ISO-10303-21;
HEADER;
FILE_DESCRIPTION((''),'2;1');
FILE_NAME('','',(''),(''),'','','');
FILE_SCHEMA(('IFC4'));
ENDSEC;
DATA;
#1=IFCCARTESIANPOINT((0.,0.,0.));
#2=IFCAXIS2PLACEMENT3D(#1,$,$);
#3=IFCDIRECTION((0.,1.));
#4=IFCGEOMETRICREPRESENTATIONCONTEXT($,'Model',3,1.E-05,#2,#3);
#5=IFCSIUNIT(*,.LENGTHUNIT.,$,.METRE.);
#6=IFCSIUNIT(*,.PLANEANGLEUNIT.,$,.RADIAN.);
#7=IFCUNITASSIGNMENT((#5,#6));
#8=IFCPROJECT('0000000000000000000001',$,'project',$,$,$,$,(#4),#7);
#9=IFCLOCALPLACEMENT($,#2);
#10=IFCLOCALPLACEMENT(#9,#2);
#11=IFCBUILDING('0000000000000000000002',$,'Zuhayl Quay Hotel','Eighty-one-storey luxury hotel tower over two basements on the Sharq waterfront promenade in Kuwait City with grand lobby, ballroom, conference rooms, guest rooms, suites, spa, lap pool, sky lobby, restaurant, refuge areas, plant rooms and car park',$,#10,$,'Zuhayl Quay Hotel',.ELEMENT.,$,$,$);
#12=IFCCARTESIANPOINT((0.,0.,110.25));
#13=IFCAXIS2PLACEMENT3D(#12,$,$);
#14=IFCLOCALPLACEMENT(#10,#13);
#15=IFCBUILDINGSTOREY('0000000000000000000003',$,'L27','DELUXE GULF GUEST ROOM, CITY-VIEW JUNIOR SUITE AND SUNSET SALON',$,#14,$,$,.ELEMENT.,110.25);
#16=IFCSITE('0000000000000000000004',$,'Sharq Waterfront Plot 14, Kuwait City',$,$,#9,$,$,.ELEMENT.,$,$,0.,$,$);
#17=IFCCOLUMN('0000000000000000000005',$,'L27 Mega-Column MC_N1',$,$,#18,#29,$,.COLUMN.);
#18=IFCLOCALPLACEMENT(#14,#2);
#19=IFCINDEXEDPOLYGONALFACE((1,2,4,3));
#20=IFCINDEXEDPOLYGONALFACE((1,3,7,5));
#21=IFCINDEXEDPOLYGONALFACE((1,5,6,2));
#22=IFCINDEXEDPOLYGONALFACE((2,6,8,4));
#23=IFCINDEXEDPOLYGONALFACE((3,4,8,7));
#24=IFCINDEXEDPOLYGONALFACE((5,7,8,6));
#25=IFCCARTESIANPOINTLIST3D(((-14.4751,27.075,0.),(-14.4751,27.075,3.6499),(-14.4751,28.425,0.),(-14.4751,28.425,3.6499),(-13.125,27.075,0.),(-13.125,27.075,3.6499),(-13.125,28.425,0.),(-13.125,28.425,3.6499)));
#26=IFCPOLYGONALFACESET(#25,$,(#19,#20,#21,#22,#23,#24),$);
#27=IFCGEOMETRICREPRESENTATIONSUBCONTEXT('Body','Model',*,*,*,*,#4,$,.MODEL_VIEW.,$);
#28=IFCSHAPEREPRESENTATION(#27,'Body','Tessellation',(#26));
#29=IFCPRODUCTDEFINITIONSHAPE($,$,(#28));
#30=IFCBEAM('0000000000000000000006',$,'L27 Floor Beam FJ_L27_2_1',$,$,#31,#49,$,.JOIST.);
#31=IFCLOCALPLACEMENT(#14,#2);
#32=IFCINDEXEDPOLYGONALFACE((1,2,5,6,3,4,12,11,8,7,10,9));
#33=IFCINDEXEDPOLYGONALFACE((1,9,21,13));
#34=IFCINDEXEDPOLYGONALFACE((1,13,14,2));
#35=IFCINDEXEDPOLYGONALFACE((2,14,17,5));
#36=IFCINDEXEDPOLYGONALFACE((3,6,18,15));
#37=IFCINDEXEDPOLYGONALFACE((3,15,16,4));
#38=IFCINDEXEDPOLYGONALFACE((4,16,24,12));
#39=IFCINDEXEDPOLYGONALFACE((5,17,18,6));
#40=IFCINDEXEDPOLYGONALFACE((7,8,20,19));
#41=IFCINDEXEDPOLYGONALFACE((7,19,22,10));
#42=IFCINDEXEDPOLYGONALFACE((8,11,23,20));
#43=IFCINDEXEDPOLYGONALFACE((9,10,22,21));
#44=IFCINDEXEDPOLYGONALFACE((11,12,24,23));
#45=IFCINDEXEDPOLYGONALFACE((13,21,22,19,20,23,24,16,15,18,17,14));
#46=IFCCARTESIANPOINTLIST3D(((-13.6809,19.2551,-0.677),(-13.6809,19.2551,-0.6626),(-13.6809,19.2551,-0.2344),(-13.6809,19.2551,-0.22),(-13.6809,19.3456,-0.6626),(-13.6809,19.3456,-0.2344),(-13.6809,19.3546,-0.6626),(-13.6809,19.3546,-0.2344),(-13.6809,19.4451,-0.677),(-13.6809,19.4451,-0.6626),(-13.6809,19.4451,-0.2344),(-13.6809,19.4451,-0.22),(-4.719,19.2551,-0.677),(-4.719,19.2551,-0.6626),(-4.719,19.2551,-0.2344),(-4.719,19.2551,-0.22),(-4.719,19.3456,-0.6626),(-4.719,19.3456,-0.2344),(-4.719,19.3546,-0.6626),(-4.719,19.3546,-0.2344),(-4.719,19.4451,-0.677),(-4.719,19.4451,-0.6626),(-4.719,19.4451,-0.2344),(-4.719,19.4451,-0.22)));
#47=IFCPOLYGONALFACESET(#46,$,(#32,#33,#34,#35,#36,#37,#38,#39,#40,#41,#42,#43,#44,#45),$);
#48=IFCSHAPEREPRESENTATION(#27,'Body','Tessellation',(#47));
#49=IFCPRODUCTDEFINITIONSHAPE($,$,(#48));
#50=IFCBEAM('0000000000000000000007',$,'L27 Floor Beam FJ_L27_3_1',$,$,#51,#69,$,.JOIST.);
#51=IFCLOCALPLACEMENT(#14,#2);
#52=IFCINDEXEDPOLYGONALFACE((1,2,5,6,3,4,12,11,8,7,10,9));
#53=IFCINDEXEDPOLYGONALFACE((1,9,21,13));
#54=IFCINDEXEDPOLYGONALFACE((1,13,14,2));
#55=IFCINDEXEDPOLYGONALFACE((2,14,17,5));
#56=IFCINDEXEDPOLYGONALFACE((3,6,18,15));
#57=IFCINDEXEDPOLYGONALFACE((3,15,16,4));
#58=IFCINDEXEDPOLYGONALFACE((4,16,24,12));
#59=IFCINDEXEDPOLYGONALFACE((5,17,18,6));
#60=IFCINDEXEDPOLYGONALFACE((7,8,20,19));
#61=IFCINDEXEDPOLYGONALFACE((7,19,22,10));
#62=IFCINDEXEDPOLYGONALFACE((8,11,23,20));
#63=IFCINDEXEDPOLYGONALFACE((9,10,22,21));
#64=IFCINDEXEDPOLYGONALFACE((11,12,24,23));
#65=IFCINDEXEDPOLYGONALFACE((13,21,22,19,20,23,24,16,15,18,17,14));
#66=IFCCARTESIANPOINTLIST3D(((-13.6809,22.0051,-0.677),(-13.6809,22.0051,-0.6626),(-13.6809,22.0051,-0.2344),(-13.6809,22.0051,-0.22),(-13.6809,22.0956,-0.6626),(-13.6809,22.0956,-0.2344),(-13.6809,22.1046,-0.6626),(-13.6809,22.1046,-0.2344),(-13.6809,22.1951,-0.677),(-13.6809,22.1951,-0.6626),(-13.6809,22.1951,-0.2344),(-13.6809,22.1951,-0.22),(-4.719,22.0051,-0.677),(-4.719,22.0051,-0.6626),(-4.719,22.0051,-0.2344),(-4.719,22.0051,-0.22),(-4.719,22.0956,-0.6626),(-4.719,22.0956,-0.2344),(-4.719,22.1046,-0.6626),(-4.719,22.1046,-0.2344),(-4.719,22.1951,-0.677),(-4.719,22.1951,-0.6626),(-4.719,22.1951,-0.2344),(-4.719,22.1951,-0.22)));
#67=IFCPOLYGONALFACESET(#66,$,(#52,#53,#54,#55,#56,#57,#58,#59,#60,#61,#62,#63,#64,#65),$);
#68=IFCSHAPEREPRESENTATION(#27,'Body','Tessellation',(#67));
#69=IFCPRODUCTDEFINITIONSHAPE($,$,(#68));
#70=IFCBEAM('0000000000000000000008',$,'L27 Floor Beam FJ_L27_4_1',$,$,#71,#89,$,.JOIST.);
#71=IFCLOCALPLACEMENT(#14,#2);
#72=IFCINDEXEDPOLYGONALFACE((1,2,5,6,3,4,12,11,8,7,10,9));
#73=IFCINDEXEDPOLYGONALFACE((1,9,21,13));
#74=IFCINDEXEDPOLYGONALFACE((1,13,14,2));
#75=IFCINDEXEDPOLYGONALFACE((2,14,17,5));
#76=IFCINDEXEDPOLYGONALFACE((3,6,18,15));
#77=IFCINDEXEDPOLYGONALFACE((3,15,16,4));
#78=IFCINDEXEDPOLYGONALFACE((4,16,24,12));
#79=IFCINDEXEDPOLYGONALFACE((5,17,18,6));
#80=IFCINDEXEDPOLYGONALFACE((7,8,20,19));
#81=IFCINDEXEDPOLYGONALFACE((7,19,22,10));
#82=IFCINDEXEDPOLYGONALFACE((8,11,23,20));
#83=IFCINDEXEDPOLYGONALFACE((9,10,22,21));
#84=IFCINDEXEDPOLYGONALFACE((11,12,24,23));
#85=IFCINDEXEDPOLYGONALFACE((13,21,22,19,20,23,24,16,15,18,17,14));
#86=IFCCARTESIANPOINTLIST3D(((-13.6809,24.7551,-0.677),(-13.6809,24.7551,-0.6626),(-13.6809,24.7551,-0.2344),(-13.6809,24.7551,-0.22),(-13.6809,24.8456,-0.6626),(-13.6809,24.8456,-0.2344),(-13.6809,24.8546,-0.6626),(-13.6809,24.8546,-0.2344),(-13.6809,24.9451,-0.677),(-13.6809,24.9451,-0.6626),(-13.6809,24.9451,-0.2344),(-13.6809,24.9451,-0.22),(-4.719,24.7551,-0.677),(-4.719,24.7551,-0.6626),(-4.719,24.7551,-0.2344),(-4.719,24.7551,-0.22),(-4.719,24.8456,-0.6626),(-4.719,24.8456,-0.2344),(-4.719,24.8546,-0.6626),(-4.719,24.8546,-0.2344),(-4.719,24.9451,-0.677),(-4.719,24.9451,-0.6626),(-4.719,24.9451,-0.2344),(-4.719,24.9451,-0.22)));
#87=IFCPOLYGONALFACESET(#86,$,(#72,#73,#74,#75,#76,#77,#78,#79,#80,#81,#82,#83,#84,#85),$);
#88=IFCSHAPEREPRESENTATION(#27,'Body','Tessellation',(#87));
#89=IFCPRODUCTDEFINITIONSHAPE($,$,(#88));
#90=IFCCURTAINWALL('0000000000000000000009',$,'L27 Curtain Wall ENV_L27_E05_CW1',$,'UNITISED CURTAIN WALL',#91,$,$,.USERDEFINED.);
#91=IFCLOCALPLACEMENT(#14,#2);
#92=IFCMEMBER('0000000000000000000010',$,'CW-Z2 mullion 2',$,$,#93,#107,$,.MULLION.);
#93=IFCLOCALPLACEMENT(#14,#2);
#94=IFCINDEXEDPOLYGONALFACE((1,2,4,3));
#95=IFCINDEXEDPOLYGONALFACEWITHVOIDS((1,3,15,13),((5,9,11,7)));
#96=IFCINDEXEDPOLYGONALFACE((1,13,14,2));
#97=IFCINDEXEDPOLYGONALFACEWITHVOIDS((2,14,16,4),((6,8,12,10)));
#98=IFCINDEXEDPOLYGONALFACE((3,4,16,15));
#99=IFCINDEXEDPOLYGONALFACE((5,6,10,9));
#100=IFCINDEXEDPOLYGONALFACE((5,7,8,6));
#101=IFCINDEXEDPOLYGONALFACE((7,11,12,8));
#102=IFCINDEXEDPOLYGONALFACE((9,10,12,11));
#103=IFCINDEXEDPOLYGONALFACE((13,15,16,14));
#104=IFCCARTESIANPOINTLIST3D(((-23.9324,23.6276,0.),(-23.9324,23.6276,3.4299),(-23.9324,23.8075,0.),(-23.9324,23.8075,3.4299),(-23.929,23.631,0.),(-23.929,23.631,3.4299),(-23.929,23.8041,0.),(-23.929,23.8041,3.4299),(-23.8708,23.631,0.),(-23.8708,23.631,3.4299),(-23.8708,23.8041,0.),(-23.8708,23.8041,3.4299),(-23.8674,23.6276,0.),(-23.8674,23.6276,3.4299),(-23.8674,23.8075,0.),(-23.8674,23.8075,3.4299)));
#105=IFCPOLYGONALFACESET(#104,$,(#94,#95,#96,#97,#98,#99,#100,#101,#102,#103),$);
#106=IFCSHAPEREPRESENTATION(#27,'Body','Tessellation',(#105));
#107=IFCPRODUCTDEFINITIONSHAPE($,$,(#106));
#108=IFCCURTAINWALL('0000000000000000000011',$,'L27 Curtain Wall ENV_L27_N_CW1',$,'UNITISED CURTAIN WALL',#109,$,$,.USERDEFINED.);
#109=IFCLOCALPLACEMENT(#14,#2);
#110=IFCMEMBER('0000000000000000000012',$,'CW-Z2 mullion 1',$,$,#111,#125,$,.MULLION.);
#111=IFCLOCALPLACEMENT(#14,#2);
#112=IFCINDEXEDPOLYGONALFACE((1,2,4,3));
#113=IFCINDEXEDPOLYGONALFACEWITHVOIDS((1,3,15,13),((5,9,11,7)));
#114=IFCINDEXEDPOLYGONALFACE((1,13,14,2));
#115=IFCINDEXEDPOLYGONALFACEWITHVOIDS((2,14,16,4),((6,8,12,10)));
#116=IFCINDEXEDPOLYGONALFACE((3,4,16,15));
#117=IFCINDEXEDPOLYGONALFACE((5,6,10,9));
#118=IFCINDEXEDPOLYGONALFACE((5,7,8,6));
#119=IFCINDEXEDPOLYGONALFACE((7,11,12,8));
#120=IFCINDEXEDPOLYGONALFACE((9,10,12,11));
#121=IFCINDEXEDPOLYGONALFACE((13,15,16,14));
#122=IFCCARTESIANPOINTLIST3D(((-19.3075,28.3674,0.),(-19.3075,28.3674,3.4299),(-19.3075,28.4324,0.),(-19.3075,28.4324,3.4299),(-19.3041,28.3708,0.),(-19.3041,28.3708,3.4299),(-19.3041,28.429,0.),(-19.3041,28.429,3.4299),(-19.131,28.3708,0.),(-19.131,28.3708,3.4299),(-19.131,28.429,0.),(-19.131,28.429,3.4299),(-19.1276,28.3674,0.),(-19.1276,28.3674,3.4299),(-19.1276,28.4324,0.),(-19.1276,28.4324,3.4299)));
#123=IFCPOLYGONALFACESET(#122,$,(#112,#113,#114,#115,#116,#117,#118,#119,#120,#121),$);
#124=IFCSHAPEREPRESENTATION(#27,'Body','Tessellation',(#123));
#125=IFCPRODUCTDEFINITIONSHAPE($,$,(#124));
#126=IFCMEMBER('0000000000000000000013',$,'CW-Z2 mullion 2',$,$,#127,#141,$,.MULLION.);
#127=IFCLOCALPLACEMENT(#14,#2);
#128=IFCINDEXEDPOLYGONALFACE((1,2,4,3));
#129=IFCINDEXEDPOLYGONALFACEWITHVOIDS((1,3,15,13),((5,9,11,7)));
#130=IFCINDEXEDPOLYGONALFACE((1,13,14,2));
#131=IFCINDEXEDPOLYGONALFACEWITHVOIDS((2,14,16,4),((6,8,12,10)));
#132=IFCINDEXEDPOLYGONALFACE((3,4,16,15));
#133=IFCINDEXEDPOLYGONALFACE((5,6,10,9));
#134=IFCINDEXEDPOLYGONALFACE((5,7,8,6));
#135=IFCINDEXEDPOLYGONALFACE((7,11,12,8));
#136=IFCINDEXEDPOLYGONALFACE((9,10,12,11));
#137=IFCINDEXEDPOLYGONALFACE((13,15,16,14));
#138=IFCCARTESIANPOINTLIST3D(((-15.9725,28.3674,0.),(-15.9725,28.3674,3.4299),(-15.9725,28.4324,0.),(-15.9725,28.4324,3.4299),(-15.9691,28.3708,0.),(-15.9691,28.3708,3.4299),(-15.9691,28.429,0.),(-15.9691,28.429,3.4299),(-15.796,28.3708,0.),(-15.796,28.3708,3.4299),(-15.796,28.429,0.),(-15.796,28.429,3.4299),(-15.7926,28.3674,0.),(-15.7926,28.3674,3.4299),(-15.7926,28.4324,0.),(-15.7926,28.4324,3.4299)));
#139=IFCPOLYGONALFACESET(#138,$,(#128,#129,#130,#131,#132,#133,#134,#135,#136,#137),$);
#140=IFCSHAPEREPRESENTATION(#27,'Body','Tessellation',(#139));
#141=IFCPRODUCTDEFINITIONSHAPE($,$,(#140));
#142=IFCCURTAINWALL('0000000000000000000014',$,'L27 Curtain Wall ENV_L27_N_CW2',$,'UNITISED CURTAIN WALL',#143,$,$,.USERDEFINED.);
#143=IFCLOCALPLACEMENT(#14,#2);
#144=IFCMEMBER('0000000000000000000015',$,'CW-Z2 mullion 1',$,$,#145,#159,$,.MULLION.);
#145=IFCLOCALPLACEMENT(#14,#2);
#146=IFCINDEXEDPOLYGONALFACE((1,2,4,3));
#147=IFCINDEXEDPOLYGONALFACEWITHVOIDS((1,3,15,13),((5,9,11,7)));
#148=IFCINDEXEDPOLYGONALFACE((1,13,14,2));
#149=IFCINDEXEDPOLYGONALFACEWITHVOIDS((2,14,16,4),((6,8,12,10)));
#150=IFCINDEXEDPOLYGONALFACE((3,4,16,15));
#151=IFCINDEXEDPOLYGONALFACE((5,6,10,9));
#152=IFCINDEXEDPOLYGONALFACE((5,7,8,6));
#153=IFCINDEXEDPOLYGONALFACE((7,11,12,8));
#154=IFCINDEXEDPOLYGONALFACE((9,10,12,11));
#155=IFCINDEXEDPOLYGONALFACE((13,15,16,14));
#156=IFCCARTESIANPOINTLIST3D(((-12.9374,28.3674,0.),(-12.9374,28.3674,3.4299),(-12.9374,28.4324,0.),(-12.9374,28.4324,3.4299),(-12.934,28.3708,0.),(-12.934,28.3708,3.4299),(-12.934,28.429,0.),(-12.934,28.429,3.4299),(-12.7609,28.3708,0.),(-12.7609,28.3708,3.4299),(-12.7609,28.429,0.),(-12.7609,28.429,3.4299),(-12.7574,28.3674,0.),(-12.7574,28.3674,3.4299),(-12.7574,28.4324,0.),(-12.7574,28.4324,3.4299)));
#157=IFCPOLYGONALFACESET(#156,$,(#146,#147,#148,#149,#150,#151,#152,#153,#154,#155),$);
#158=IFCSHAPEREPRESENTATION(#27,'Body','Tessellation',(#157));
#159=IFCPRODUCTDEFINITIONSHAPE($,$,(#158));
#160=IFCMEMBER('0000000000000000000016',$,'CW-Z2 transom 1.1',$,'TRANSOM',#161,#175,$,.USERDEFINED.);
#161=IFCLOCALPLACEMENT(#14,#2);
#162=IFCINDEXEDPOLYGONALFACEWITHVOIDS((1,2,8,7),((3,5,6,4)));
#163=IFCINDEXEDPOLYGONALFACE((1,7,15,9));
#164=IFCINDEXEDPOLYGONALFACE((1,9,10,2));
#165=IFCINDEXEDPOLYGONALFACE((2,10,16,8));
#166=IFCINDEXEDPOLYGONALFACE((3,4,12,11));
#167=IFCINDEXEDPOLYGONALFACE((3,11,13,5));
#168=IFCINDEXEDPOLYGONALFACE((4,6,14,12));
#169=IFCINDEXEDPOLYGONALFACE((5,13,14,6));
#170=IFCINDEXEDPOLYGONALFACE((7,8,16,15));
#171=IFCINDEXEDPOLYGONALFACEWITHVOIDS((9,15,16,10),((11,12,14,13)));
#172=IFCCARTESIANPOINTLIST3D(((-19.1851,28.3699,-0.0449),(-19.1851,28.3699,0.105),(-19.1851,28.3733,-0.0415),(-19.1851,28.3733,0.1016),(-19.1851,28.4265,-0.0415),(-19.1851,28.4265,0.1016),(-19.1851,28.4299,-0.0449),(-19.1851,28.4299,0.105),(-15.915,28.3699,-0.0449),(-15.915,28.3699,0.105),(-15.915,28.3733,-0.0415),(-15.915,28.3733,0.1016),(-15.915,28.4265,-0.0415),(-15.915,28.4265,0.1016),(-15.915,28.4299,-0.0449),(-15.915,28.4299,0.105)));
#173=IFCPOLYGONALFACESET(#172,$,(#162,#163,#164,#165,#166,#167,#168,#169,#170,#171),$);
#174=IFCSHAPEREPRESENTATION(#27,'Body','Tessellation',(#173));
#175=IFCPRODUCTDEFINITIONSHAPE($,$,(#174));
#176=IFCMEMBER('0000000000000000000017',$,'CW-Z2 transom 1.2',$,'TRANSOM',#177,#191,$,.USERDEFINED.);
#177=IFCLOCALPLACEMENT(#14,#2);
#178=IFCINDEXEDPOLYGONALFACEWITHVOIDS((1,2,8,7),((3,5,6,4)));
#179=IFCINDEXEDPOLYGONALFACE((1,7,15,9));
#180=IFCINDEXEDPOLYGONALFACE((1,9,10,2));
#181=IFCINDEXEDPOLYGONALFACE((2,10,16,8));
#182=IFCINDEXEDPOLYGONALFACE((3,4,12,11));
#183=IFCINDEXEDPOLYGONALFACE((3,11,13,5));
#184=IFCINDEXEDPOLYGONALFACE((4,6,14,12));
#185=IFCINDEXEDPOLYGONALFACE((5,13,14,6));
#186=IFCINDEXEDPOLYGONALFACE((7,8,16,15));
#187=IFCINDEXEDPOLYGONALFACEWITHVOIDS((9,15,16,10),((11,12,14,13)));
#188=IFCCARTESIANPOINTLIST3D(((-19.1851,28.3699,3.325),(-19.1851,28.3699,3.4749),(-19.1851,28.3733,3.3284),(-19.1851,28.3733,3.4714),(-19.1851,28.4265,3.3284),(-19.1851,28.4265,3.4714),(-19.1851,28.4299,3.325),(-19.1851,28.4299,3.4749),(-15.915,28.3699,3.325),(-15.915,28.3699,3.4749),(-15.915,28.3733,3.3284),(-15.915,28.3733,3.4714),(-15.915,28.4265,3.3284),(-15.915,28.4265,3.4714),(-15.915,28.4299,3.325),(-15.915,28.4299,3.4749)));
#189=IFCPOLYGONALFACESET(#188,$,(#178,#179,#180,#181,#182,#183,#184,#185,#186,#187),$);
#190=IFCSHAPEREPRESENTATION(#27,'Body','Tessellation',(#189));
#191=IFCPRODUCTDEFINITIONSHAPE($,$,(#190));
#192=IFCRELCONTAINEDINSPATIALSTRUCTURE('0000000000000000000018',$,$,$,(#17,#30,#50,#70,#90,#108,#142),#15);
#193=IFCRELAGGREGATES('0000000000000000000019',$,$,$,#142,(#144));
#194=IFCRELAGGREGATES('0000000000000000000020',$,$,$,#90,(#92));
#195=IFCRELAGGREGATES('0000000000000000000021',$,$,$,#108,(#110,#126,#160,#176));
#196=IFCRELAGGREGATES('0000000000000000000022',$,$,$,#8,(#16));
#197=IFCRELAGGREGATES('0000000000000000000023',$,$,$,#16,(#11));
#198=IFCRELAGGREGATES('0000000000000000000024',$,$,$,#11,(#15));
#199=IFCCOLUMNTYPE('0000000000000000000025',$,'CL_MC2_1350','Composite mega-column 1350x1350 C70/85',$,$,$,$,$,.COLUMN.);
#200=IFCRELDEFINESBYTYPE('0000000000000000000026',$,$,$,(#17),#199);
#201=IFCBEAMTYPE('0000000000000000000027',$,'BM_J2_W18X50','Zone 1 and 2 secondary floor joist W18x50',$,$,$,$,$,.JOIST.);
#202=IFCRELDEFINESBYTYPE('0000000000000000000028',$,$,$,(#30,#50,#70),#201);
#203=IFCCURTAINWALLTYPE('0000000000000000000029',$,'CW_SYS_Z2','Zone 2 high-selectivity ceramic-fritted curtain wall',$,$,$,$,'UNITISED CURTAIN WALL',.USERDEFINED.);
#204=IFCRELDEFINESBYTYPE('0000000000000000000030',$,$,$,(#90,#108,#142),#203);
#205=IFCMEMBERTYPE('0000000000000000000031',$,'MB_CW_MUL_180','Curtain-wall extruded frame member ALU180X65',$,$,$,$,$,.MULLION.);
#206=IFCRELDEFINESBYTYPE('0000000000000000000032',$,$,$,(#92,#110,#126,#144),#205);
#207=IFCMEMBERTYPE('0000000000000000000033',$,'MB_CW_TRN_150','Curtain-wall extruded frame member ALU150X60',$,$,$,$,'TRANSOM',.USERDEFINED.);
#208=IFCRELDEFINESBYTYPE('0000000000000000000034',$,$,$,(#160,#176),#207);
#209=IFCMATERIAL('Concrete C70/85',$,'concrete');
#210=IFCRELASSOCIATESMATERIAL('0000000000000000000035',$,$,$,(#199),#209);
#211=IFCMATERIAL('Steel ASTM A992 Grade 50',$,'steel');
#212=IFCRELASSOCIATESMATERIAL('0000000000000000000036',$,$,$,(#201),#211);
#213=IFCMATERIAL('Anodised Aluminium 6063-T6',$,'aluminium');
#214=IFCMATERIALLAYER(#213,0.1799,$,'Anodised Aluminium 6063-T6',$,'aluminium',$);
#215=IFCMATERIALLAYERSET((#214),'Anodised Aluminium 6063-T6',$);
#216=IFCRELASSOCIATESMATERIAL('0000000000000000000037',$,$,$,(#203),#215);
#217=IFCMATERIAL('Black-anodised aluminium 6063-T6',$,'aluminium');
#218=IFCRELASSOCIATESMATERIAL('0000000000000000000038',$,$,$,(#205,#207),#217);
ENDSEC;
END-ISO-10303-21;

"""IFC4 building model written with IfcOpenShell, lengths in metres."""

from ifc_helpers import new_model, si_unit, direction, frame, origin, origin_2d, place, context, subcontext, project, spatial, rectangle, hollow_rectangle, i_section, extrude, material, layer, layer_set, material_profile, profile_set, type_object, element, aggregate, save


model = new_model("IFC4")

# Units and contexts
model_context = context("Model", 3, precision=1e-05, world=origin(), true_north=direction((0.0, 1.0)))
body_context = subcontext(model_context, "Body", "Model", "MODEL_VIEW")
ifc_project = project(units=[si_unit("LENGTHUNIT", "METRE"), si_unit("PLANEANGLEUNIT", "RADIAN")], contexts=[model_context])

# Site, building, storey
site_placement = place(None, origin())
site = spatial("IfcSite", under=ifc_project, at=site_placement, Name="Sharq Waterfront Plot 14, Kuwait City", CompositionType="ELEMENT", RefElevation=0.0)
building_placement = place(site_placement, origin())
building = spatial("IfcBuilding", under=site, at=building_placement, Name="Zuhayl Quay Hotel", Description="Eighty-one-storey luxury hotel tower over two basements on the Sharq waterfront promenade in Kuwait City with grand lobby, ballroom, conference rooms, guest rooms, suites, spa, lap pool, sky lobby, restaurant, refuge areas, plant rooms and car park", LongName="Zuhayl Quay Hotel", CompositionType="ELEMENT")
storey_placement = place(building_placement, frame((0.0, 0.0, 110.25)))
storey = spatial("IfcBuildingStorey", under=building, at=storey_placement, Name="L27", Description="DELUXE GULF GUEST ROOM, CITY-VIEW JUNIOR SUITE AND SUNSET SALON", CompositionType="ELEMENT", Elevation=110.25)

# Column
ifc_material_1 = material(Name="Concrete C70/85", Category="concrete")
ifc_material_profile_1 = material_profile(ifc_material_1, rectangle(XDim=1.3501, YDim=1.3501, at=origin_2d()), Name="RC1350X1350")
ifc_profile_set_1 = profile_set([ifc_material_profile_1], Name="Concrete C70/85")
column_type = type_object("IfcColumnType", Name="CL_MC2_1350", Description="Composite mega-column 1350x1350 C70/85", PredefinedType="COLUMN", material=ifc_profile_set_1)
column_placement = place(storey_placement, frame((-13.8, 27.75, 0.0), z_axis=(0.0, 0.0, 1.0), x_axis=(1.0, 0.0, 0.0)))
element("IfcColumn", 1, at=column_placement, inside=storey, type_object=column_type, Name="L27 Mega-Column MC_N1", PredefinedType="COLUMN", context=body_context, shape_type="SweptSolid", body=[
    extrude(rectangle(XDim=1.3501, YDim=1.3501, at=origin_2d()), origin(), (0.0, 0.0, 1.0), 3.6499),
])

# Beams
ifc_material_2 = material(Name="Steel ASTM A992 Grade 50", Category="steel")
ifc_material_profile_2 = material_profile(ifc_material_2, i_section(OverallWidth=0.1899, OverallDepth=0.457, WebThickness=0.009, FlangeThickness=0.0144, at=origin_2d()), Name="W18X50")
ifc_profile_set_2 = profile_set([ifc_material_profile_2], Name="Steel ASTM A992 Grade 50")
beam_type = type_object("IfcBeamType", Name="BM_J2_W18X50", Description="Zone 1 and 2 secondary floor joist W18x50", PredefinedType="JOIST", material=ifc_profile_set_2)
for number, where, z_axis, x_axis, name in (
    (2, (-13.6809, 19.3501, -0.4485), (1.0, 0.0, 0.0), (0.0, 1.0, 0.0), "L27 Floor Beam FJ_L27_2_1"),
    (3, (-13.6809, 22.1001, -0.4485), (1.0, 0.0, 0.0), (0.0, 1.0, 0.0), "L27 Floor Beam FJ_L27_3_1"),
    (4, (-13.6809, 24.8501, -0.4485), (1.0, 0.0, 0.0), (0.0, 1.0, 0.0), "L27 Floor Beam FJ_L27_4_1"),
):
    element("IfcBeam", number, at=place(storey_placement, frame(where, z_axis=z_axis, x_axis=x_axis)), inside=storey, type_object=beam_type, Name=name, PredefinedType="JOIST", context=body_context, shape_type="SweptSolid", body=[
        extrude(i_section(OverallWidth=0.1899, OverallDepth=0.457, WebThickness=0.009, FlangeThickness=0.0144, at=origin_2d()), origin(), (0.0, 0.0, 1.0), 8.9619),
    ])

# Curtain wall, member
ifc_material_3 = material(Name="Anodised Aluminium 6063-T6", Category="aluminium")
ifc_layer_1 = layer(ifc_material_3, 0.1799, Name="Anodised Aluminium 6063-T6", Category="aluminium")
ifc_layer_set_1 = layer_set([ifc_layer_1], Name="Anodised Aluminium 6063-T6")
curtain_wall_type = type_object("IfcCurtainWallType", Name="CW_SYS_Z2", Description="Zone 2 high-selectivity ceramic-fritted curtain wall", ElementType="UNITISED CURTAIN WALL", PredefinedType="USERDEFINED", material=ifc_layer_set_1)
curtain_wall_1_placement = place(storey_placement, origin())
curtain_wall_1 = element("IfcCurtainWall", 5, at=curtain_wall_1_placement, inside=storey, type_object=curtain_wall_type, Name="L27 Curtain Wall ENV_L27_E05_CW1", ObjectType="UNITISED CURTAIN WALL", PredefinedType="USERDEFINED")
ifc_material_4 = material(Name="Black-anodised aluminium 6063-T6", Category="aluminium")
ifc_material_profile_3 = material_profile(ifc_material_4, hollow_rectangle(XDim=0.0649, YDim=0.1799, WallThickness=0.0034, at=origin_2d()), Name="ALU180X65")
ifc_profile_set_3 = profile_set([ifc_material_profile_3], Name="Black-anodised aluminium 6063-T6")
member_type_1 = type_object("IfcMemberType", Name="MB_CW_MUL_180", Description="Curtain-wall extruded frame member ALU180X65", PredefinedType="MULLION", material=ifc_profile_set_3)
member_1_placement = place(storey_placement, frame((-23.8999, 23.7175, 0.0), z_axis=(0.0, 0.0, 1.0), x_axis=(-1.0, 0.0, 0.0)))
member_1 = element("IfcMember", 6, at=member_1_placement, type_object=member_type_1, Name="CW-Z2 mullion 2", PredefinedType="MULLION", context=body_context, shape_type="SweptSolid", body=[
    extrude(hollow_rectangle(XDim=0.0649, YDim=0.1799, WallThickness=0.0034, at=origin_2d()), origin(), (0.0, 0.0, 1.0), 3.4299),
])

# Curtain wall, members
curtain_wall_2_placement = place(storey_placement, origin())
curtain_wall_2 = element("IfcCurtainWall", 7, at=curtain_wall_2_placement, inside=storey, type_object=curtain_wall_type, Name="L27 Curtain Wall ENV_L27_N_CW1", ObjectType="UNITISED CURTAIN WALL", PredefinedType="USERDEFINED")
member_2_placement = place(storey_placement, frame((-19.2175, 28.3999, 0.0), z_axis=(0.0, 0.0, 1.0), x_axis=(0.0, 1.0, 0.0)))
member_2 = element("IfcMember", 8, at=member_2_placement, type_object=member_type_1, Name="CW-Z2 mullion 1", PredefinedType="MULLION", context=body_context, shape_type="SweptSolid", body=[
    extrude(hollow_rectangle(XDim=0.0649, YDim=0.1799, WallThickness=0.0034, at=origin_2d()), origin(), (0.0, 0.0, 1.0), 3.4299),
])
member_3_placement = place(storey_placement, frame((-15.8826, 28.3999, 0.0), z_axis=(0.0, 0.0, 1.0), x_axis=(0.0, 1.0, 0.0)))
member_3 = element("IfcMember", 9, at=member_3_placement, type_object=member_type_1, Name="CW-Z2 mullion 2", PredefinedType="MULLION", context=body_context, shape_type="SweptSolid", body=[
    extrude(hollow_rectangle(XDim=0.0649, YDim=0.1799, WallThickness=0.0034, at=origin_2d()), origin(), (0.0, 0.0, 1.0), 3.4299),
])

# Curtain wall, member
curtain_wall_3_placement = place(storey_placement, origin())
curtain_wall_3 = element("IfcCurtainWall", 10, at=curtain_wall_3_placement, inside=storey, type_object=curtain_wall_type, Name="L27 Curtain Wall ENV_L27_N_CW2", ObjectType="UNITISED CURTAIN WALL", PredefinedType="USERDEFINED")
member_4_placement = place(storey_placement, frame((-12.8474, 28.3999, 0.0), z_axis=(0.0, 0.0, 1.0), x_axis=(0.0, 1.0, 0.0)))
member_4 = element("IfcMember", 11, at=member_4_placement, type_object=member_type_1, Name="CW-Z2 mullion 1", PredefinedType="MULLION", context=body_context, shape_type="SweptSolid", body=[
    extrude(hollow_rectangle(XDim=0.0649, YDim=0.1799, WallThickness=0.0034, at=origin_2d()), origin(), (0.0, 0.0, 1.0), 3.4299),
])

# Members
ifc_material_profile_4 = material_profile(ifc_material_4, hollow_rectangle(XDim=0.0601, YDim=0.1499, WallThickness=0.0034, at=origin_2d()), Name="ALU150X60")
ifc_profile_set_4 = profile_set([ifc_material_profile_4], Name="Black-anodised aluminium 6063-T6")
member_type_2 = type_object("IfcMemberType", Name="MB_CW_TRN_150", Description="Curtain-wall extruded frame member ALU150X60", ElementType="TRANSOM", PredefinedType="USERDEFINED", material=ifc_profile_set_4)
member_5_placement = place(storey_placement, frame((-19.1851, 28.3999, 0.03), z_axis=(1.0, 0.0, 0.0), x_axis=(0.0, 1.0, 0.0)))
member_5 = element("IfcMember", 12, at=member_5_placement, type_object=member_type_2, Name="CW-Z2 transom 1.1", ObjectType="TRANSOM", PredefinedType="USERDEFINED", context=body_context, shape_type="SweptSolid", body=[
    extrude(hollow_rectangle(XDim=0.0601, YDim=0.1499, WallThickness=0.0034, at=origin_2d()), origin(), (0.0, 0.0, 1.0), 3.27),
])
member_6_placement = place(storey_placement, frame((-19.1851, 28.3999, 3.3999), z_axis=(1.0, 0.0, 0.0), x_axis=(0.0, 1.0, 0.0)))
member_6 = element("IfcMember", 13, at=member_6_placement, type_object=member_type_2, Name="CW-Z2 transom 1.2", ObjectType="TRANSOM", PredefinedType="USERDEFINED", context=body_context, shape_type="SweptSolid", body=[
    extrude(hollow_rectangle(XDim=0.0601, YDim=0.1499, WallThickness=0.0034, at=origin_2d()), origin(), (0.0, 0.0, 1.0), 3.27),
])
aggregate(curtain_wall_3, [member_4])

aggregate(curtain_wall_1, [member_1])
aggregate(curtain_wall_2, [member_2, member_3, member_5, member_6])

save(model, "model.ifc")
